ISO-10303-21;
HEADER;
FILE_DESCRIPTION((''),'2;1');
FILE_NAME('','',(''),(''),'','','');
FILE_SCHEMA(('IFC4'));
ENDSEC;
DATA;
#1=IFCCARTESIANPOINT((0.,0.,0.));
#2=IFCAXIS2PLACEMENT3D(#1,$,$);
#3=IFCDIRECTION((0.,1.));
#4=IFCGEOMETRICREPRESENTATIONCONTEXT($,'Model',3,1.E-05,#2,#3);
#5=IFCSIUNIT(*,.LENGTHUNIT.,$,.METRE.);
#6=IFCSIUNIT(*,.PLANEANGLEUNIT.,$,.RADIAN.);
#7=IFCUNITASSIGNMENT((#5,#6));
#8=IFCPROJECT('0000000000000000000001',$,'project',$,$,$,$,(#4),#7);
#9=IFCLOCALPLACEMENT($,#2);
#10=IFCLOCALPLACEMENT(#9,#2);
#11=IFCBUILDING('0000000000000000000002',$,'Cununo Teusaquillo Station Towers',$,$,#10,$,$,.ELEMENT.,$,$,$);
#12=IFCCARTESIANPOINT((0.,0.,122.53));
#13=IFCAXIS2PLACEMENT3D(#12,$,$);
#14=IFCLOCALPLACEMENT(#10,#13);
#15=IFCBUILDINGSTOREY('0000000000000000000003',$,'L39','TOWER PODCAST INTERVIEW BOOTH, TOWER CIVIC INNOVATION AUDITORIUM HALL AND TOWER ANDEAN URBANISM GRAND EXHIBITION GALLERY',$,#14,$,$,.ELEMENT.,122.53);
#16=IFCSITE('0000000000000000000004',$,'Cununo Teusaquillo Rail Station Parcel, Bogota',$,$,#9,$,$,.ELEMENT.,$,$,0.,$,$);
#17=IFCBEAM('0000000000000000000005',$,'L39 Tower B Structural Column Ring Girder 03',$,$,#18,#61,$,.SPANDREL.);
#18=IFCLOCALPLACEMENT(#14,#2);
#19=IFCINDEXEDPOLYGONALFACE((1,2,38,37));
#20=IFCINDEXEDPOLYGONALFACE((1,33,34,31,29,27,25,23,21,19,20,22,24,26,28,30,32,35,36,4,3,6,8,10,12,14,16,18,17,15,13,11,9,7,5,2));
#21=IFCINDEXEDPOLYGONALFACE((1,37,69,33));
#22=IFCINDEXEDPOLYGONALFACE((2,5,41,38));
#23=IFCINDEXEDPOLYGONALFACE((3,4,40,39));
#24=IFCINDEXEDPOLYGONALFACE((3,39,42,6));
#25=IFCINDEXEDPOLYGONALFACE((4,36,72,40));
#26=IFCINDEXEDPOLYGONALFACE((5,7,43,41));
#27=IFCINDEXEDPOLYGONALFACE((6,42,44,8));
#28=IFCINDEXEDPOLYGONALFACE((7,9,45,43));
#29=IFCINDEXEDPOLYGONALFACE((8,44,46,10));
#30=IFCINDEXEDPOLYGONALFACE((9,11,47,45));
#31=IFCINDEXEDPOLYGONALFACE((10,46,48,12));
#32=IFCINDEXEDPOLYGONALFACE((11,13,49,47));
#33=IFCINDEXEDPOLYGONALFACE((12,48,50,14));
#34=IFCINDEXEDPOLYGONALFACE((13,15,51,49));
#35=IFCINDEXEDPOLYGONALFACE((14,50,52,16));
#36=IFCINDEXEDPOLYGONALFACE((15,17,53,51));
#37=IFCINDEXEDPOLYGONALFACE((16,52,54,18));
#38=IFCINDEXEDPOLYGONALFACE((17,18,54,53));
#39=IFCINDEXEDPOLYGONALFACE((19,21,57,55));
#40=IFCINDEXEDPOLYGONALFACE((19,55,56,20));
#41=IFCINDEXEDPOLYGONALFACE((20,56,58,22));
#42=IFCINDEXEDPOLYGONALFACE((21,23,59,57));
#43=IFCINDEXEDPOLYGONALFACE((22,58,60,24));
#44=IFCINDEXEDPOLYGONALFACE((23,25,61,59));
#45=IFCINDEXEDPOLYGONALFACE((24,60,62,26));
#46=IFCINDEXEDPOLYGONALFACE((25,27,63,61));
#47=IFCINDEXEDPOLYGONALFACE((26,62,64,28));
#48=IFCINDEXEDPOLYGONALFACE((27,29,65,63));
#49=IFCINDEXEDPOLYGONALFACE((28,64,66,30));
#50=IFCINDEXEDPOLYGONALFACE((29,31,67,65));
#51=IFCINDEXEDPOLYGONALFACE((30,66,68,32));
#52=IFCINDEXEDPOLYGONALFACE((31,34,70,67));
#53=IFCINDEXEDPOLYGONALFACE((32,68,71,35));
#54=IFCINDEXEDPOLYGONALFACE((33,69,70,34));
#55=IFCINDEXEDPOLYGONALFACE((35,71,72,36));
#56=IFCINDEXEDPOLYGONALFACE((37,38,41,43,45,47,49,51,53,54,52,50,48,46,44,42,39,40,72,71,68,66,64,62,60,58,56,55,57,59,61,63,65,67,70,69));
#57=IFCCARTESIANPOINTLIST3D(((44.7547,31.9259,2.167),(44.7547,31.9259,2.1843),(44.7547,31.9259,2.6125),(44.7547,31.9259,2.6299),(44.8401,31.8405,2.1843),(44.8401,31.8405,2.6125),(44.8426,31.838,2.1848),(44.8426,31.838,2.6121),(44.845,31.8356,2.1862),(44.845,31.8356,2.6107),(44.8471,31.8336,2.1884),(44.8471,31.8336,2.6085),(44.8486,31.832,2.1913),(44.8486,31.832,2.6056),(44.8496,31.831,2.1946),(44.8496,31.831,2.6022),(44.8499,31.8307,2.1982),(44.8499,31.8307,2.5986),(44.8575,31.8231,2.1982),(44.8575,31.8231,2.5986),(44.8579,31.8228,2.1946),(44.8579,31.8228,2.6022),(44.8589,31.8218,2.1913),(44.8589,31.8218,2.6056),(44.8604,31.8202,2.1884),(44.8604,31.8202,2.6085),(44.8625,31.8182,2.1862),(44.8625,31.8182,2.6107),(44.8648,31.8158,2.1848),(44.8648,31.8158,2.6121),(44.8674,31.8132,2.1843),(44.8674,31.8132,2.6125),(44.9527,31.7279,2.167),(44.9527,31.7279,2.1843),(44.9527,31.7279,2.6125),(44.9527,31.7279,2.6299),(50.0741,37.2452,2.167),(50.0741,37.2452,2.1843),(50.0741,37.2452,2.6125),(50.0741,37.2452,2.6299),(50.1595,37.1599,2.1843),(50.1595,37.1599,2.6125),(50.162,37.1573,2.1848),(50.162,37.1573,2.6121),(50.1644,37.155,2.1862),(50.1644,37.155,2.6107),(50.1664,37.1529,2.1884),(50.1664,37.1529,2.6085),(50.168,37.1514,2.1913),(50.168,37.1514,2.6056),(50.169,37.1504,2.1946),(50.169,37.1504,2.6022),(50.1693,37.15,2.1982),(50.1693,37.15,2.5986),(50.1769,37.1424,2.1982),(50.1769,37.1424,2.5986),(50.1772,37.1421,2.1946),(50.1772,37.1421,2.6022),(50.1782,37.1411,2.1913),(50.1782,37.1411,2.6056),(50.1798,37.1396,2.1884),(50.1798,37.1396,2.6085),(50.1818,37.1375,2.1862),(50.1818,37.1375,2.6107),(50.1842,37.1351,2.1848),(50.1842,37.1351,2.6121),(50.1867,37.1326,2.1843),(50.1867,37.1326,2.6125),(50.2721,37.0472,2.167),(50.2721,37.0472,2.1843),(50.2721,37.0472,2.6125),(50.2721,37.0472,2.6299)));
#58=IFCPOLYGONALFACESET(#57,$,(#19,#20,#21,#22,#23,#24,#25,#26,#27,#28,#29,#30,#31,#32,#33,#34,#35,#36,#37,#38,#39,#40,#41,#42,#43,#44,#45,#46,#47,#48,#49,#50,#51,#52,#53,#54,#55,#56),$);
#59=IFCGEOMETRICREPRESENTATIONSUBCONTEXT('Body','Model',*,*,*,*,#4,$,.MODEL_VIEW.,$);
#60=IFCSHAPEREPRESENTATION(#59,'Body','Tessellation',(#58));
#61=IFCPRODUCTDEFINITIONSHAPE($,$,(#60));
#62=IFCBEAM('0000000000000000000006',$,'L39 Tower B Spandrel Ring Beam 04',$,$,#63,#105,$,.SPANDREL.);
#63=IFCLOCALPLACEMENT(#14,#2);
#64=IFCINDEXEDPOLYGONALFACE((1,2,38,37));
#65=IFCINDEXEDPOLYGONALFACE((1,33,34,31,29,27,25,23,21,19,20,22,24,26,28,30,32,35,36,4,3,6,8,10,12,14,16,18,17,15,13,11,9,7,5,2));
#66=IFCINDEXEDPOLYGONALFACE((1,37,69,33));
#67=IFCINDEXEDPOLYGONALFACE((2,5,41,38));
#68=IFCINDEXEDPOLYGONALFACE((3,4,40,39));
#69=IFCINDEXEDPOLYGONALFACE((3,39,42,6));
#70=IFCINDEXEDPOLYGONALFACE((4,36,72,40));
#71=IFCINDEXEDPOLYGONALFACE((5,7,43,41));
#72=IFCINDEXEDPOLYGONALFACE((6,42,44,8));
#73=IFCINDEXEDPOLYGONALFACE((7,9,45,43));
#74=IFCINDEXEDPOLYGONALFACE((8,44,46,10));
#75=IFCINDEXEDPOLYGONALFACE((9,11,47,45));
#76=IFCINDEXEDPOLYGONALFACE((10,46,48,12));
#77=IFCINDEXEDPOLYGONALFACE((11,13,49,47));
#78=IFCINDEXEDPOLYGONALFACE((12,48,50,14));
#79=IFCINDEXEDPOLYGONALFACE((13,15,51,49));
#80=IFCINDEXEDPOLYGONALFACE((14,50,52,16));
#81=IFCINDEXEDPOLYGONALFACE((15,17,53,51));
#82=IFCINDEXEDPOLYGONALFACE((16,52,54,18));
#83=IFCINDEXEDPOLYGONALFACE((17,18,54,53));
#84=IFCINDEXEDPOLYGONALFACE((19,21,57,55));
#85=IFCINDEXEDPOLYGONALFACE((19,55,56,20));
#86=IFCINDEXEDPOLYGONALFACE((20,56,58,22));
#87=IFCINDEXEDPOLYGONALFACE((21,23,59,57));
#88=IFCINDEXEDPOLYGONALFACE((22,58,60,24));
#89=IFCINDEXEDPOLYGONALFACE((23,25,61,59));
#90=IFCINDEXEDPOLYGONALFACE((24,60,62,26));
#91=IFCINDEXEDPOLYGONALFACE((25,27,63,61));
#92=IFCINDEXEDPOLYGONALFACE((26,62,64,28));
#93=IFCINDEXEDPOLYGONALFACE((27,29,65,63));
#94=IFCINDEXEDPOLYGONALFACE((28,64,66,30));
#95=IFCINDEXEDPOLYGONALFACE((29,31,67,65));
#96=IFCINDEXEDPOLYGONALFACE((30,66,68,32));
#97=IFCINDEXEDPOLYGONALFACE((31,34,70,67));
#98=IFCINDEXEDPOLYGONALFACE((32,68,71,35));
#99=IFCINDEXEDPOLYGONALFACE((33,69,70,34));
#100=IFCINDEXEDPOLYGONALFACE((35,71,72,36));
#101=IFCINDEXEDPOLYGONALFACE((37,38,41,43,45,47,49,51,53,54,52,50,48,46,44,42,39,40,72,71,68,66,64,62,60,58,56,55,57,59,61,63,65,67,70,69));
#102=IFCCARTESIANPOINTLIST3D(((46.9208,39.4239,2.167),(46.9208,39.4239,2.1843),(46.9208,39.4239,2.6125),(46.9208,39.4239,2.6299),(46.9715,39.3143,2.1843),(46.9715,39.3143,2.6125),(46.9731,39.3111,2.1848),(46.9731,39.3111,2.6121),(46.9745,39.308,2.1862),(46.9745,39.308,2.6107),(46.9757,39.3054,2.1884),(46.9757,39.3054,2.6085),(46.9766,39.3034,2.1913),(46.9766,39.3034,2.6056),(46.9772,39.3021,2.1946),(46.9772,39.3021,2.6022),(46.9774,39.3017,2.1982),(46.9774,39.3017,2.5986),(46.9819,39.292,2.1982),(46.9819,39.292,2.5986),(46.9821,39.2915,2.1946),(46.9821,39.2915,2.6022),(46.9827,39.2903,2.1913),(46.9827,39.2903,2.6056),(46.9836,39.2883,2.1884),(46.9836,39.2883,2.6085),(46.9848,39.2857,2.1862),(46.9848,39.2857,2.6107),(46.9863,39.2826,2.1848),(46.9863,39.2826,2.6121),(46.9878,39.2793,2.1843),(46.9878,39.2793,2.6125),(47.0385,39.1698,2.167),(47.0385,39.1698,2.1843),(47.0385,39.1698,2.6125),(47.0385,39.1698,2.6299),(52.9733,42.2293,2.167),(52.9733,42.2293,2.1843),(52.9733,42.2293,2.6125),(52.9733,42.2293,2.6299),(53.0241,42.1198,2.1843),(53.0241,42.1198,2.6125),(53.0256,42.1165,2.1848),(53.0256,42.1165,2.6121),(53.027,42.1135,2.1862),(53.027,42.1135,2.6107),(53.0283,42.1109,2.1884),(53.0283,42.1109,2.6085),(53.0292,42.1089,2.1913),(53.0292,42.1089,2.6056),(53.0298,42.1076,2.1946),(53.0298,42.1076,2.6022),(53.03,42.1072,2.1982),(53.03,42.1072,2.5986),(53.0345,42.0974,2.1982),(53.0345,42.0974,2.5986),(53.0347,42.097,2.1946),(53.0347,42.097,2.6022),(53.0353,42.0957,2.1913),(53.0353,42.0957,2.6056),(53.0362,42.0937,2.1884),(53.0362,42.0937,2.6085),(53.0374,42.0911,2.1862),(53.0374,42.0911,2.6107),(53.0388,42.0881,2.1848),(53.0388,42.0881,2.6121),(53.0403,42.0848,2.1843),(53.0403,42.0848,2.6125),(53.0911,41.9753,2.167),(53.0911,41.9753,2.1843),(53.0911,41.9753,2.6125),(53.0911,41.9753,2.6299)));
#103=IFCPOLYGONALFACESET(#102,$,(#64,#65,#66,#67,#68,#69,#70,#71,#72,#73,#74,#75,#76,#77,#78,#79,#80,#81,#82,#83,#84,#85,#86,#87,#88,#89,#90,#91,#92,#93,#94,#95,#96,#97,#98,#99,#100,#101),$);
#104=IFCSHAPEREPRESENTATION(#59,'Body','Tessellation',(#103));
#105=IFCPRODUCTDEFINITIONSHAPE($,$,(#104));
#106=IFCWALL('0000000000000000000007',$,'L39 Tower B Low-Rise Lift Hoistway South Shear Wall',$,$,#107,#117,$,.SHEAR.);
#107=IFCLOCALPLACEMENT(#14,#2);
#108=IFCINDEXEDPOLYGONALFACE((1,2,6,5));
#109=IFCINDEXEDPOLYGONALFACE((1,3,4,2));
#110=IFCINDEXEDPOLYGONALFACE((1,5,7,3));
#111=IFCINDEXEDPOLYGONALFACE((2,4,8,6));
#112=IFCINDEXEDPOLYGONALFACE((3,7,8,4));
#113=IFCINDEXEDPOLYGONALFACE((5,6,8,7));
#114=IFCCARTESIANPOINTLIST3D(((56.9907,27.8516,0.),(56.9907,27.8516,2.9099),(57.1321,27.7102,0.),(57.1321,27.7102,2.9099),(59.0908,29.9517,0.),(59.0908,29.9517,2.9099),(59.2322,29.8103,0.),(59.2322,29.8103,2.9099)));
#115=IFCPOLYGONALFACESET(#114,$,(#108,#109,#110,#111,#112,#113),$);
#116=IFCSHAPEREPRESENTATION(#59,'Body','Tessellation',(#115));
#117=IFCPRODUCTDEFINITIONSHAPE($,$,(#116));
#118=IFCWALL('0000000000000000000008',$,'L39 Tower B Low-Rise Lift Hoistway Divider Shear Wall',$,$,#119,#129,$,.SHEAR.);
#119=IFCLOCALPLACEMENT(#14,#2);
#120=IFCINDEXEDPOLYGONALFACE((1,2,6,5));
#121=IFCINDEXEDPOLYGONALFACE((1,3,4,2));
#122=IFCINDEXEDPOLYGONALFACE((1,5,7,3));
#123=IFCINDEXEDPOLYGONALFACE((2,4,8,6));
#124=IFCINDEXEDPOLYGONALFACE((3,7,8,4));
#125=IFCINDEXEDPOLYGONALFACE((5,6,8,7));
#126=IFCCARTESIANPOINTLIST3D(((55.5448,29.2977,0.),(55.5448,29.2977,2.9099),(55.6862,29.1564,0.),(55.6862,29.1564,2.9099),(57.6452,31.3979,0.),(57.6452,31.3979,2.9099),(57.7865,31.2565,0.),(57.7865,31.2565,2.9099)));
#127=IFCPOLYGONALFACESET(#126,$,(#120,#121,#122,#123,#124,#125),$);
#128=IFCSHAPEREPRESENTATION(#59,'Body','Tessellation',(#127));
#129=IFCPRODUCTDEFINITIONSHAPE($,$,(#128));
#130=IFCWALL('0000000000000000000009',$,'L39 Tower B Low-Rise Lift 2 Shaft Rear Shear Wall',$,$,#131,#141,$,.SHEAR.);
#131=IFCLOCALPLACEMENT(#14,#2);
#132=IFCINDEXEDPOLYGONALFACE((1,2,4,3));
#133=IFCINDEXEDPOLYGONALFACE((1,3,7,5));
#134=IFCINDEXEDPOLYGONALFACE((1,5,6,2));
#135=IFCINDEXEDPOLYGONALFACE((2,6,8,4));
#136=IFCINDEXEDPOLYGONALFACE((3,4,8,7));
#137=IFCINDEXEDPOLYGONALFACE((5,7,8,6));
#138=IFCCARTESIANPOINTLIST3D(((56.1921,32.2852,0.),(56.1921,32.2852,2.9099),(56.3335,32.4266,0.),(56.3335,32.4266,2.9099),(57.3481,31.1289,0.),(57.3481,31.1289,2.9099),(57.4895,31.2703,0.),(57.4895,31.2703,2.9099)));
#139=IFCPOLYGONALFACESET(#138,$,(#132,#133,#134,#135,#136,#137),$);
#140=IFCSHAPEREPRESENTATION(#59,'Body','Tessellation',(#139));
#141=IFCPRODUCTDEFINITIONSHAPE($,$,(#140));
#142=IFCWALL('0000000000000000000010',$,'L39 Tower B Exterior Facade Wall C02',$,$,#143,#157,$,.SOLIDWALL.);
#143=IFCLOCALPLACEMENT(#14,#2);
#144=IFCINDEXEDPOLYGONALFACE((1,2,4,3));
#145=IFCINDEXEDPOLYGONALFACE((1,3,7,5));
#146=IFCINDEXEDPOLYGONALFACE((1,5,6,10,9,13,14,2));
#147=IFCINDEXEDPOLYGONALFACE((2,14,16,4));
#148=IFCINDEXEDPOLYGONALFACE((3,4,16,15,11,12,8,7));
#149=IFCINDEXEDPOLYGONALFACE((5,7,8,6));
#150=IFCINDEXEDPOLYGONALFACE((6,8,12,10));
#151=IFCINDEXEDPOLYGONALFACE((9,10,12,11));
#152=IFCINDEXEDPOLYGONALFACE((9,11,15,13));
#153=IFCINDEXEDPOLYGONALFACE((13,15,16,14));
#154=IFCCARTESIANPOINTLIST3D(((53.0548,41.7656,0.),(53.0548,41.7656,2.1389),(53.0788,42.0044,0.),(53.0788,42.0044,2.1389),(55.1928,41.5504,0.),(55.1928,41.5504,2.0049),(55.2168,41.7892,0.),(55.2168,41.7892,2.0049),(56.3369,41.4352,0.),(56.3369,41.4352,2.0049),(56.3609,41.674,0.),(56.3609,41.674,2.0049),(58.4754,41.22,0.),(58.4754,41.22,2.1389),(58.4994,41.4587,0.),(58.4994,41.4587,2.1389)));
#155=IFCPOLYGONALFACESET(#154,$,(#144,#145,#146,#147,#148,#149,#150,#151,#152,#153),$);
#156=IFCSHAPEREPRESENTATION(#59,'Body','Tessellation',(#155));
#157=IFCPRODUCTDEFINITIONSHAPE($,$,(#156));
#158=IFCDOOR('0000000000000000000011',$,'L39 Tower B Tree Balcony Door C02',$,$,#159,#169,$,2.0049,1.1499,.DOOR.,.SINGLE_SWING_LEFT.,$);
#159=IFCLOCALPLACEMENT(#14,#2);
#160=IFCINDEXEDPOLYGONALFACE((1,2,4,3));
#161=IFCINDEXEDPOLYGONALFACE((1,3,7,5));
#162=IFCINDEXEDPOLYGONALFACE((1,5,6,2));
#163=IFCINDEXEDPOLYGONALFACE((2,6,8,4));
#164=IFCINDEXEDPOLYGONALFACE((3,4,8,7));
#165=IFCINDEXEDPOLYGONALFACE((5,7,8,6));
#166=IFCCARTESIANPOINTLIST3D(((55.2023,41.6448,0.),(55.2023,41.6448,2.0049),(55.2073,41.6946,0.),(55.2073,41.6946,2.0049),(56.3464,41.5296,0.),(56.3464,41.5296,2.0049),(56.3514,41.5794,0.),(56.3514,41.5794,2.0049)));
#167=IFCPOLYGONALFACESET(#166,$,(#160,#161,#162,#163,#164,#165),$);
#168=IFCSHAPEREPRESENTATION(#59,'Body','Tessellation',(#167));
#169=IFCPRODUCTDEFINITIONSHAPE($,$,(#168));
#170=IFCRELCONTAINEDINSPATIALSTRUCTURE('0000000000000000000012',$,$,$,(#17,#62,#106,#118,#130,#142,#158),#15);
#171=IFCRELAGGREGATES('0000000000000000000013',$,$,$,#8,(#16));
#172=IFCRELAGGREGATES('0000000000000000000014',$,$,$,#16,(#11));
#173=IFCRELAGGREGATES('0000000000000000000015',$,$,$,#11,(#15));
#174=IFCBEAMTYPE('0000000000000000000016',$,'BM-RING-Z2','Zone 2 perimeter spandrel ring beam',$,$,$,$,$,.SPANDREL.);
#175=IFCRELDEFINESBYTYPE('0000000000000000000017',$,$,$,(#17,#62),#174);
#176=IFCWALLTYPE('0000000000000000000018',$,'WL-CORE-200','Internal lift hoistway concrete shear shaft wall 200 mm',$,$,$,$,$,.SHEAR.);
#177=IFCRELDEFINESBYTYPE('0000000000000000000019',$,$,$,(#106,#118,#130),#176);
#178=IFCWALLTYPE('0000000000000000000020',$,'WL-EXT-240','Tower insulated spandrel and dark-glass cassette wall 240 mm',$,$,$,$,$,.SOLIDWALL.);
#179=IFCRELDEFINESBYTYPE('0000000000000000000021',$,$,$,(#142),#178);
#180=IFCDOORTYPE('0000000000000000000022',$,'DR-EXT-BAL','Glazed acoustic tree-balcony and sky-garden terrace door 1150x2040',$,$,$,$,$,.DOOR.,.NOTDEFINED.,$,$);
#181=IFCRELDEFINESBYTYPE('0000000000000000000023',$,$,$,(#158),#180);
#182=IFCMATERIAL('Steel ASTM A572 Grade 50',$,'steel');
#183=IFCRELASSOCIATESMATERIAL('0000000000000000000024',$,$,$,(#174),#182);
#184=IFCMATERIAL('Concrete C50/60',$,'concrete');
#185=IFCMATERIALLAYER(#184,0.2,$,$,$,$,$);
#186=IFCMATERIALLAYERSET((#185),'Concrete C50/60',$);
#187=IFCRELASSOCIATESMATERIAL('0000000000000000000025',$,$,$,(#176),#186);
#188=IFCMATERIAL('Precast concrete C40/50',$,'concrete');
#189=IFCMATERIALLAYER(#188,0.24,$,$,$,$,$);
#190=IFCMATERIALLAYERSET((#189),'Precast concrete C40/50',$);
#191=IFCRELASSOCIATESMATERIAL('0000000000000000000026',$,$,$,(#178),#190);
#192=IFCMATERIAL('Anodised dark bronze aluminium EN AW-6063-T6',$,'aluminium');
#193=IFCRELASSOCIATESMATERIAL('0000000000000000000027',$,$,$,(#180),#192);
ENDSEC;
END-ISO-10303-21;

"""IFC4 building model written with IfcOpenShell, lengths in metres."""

from ifc_helpers import new_model, si_unit, direction, frame, frame_2d, origin, origin_2d, place, context, subcontext, project, spatial, rectangle, i_section, extrude, source, transform, mapped, material, layer, layer_set, material_profile, profile_set, type_object, element, fill, save


model = new_model("IFC4")

# Units and contexts
model_context = context("Model", 3, precision=1e-05, world=origin(), true_north=direction((0.0, 1.0)))
body_context = subcontext(model_context, "Body", "Model", "MODEL_VIEW")
ifc_project = project(units=[si_unit("LENGTHUNIT", "METRE"), si_unit("PLANEANGLEUNIT", "RADIAN")], contexts=[model_context])

# Site, building, storey
site_placement = place(None, origin())
site = spatial("IfcSite", under=ifc_project, at=site_placement, Name="Cununo Teusaquillo Rail Station Parcel, Bogota", CompositionType="ELEMENT", RefElevation=0.0)
building_placement = place(site_placement, origin())
building = spatial("IfcBuilding", under=site, at=building_placement, Name="Cununo Teusaquillo Station Towers", CompositionType="ELEMENT")
storey_placement = place(building_placement, frame((0.0, 0.0, 122.53)))
storey = spatial("IfcBuildingStorey", under=building, at=storey_placement, Name="L39", Description="TOWER PODCAST INTERVIEW BOOTH, TOWER CIVIC INNOVATION AUDITORIUM HALL AND TOWER ANDEAN URBANISM GRAND EXHIBITION GALLERY", CompositionType="ELEMENT", Elevation=122.53)

# Beams
ifc_material_1 = material(Name="Steel ASTM A572 Grade 50", Category="steel")
ifc_material_profile_1 = material_profile(ifc_material_1, i_section(OverallWidth=0.28, OverallDepth=0.4629, WebThickness=0.0107, FlangeThickness=0.0173, FilletRadius=0.0139, at=origin_2d()), Name="W18X76")
ifc_profile_set_1 = profile_set([ifc_material_profile_1], Name="Steel ASTM A572 Grade 50")
beam_type_1 = type_object("IfcBeamType", Name="BM-RING-Z2", Description="Zone 2 perimeter spandrel ring beam", PredefinedType="SPANDREL", material=ifc_profile_set_1)
beam_1_placement = place(storey_placement, frame((50.1731, 37.1462, 2.3984), z_axis=(-0.707107, -0.707107, 0.0), x_axis=(0.707107, -0.707107, 0.0)))
element("IfcBeam", 1, at=beam_1_placement, inside=storey, type_object=beam_type_1, Name="L39 Tower B Structural Column Ring Girder 03", PredefinedType="SPANDREL", context=body_context, shape_type="SweptSolid", body=[
    extrude(i_section(OverallWidth=0.28, OverallDepth=0.4629, WebThickness=0.0107, FlangeThickness=0.0173, FilletRadius=0.0139, at=origin_2d()), origin(), (0.0, 0.0, 1.0), 7.5227),
])
beam_2_placement = place(storey_placement, frame((53.0322, 42.1023, 2.3984), z_axis=(-0.907276, -0.420536, 0.0), x_axis=(0.420536, -0.907276, 0.0)))
element("IfcBeam", 2, at=beam_2_placement, inside=storey, type_object=beam_type_1, Name="L39 Tower B Spandrel Ring Beam 04", PredefinedType="SPANDREL", context=body_context, shape_type="SweptSolid", body=[
    extrude(i_section(OverallWidth=0.28, OverallDepth=0.4629, WebThickness=0.0107, FlangeThickness=0.0173, FilletRadius=0.0139, at=origin_2d()), origin(), (0.0, 0.0, 1.0), 6.6711),
])

# Walls
ifc_material_2 = material(Name="Concrete C50/60", Category="concrete")
ifc_layer_1 = layer(ifc_material_2, 0.2)
ifc_layer_set_1 = layer_set([ifc_layer_1], Name="Concrete C50/60")
wall_type_1 = type_object("IfcWallType", Name="WL-CORE-200", Description="Internal lift hoistway concrete shear shaft wall 200 mm", PredefinedType="SHEAR", material=ifc_layer_set_1)
wall_1_placement = place(storey_placement, frame((57.0615, 27.781, 0.0), z_axis=(0.0, 0.0, 1.0), x_axis=(0.707107, 0.707107, 0.0)))
element("IfcWall", 3, at=wall_1_placement, inside=storey, type_object=wall_type_1, Name="L39 Tower B Low-Rise Lift Hoistway South Shear Wall", PredefinedType="SHEAR", context=body_context, shape_type="SweptSolid", body=[
    extrude(rectangle(XDim=2.97, YDim=0.2, at=frame_2d((1.4849, 0.0))), origin(), (0.0, 0.0, 1.0), 2.9099),
])
wall_2_placement = place(storey_placement, frame((55.6155, 29.2271, 0.0), z_axis=(0.0, 0.0, 1.0), x_axis=(0.707148, 0.707066, 0.0)))
element("IfcWall", 4, at=wall_2_placement, inside=storey, type_object=wall_type_1, Name="L39 Tower B Low-Rise Lift Hoistway Divider Shear Wall", PredefinedType="SHEAR", context=body_context, shape_type="SweptSolid", body=[
    extrude(rectangle(XDim=2.9702, YDim=0.2, at=frame_2d((1.4851, 0.0))), origin(), (0.0, 0.0, 1.0), 2.9099),
])
wall_3_placement = place(storey_placement, frame((57.4187, 31.1997, 0.0), z_axis=(0.0, 0.0, 1.0), x_axis=(-0.707032, 0.707181, 0.0)))
element("IfcWall", 5, at=wall_3_placement, inside=storey, type_object=wall_type_1, Name="L39 Tower B Low-Rise Lift 2 Shaft Rear Shear Wall", PredefinedType="SHEAR", context=body_context, shape_type="SweptSolid", body=[
    extrude(rectangle(XDim=1.635, YDim=0.2, at=frame_2d((0.8174, 0.0))), origin(), (0.0, 0.0, 1.0), 2.9099),
])

# Wall, opening, door
ifc_material_3 = material(Name="Precast concrete C40/50", Category="concrete")
ifc_layer_2 = layer(ifc_material_3, 0.24)
ifc_layer_set_2 = layer_set([ifc_layer_2], Name="Precast concrete C40/50")
wall_type_2 = type_object("IfcWallType", Name="WL-EXT-240", Description="Tower insulated spandrel and dark-glass cassette wall 240 mm", PredefinedType="SOLIDWALL", material=ifc_layer_set_2)
wall_4_placement = place(storey_placement, frame((53.0667, 41.885, 0.0), z_axis=(0.0, 0.0, 1.0), x_axis=(0.994972, -0.100156, 0.0)))
wall_4 = element("IfcWall", 6, at=wall_4_placement, inside=storey, type_object=wall_type_2, Name="L39 Tower B Exterior Facade Wall C02", PredefinedType="SOLIDWALL", context=body_context, shape_type="SweptSolid", body=[
    extrude(rectangle(XDim=5.448, YDim=0.24, at=frame_2d((2.7241, 0.0))), origin(), (0.0, 0.0, 1.0), 2.1389),
])
shared_shape_1 = source(origin(), body_context, "Body", "SweptSolid", [
    extrude(rectangle(XDim=1.1499, YDim=2.0049, at=frame_2d((0.575, 1.0024))), frame((0.0, 0.1299, 0.0), z_axis=(0.0, -1.0, 0.0), x_axis=(1.0, 0.0, 0.0)), (0.0, 0.0, 1.0), 0.26),
])
opening_1_placement = place(wall_4_placement, frame((2.1489, 0.0, 0.0)))
opening_1 = element("IfcOpeningElement", 7, at=opening_1_placement, cuts=wall_4, PredefinedType="OPENING", context=body_context, shape_type="MappedRepresentation", body=[
    mapped(shared_shape_1, transform((0.0, 0.0, 0.0), x_axis=(1.0, 0.0, 0.0), y_axis=(0.0, 1.0, 0.0), z_axis=(0.0, 0.0, 1.0), scale=1.0)),
])
ifc_material_4 = material(Name="Anodised dark bronze aluminium EN AW-6063-T6", Category="aluminium")
door_type_1 = type_object("IfcDoorType", Name="DR-EXT-BAL", Description="Glazed acoustic tree-balcony and sky-garden terrace door 1150x2040", OperationType="NOTDEFINED", PredefinedType="DOOR", material=ifc_material_4)
shared_shape_2 = source(origin(), body_context, "Body", "SweptSolid", [
    extrude(rectangle(XDim=1.1499, YDim=2.0049, at=frame_2d((0.575, 1.0024))), frame((0.0, 0.0249, 0.0), z_axis=(0.0, -1.0, 0.0), x_axis=(1.0, 0.0, 0.0)), (0.0, 0.0, 1.0), 0.05),
])
door_1_placement = place(opening_1_placement, origin())
door_1 = element("IfcDoor", 8, at=door_1_placement, inside=storey, type_object=door_type_1, Name="L39 Tower B Tree Balcony Door C02", OperationType="SINGLE_SWING_LEFT", OverallHeight=2.0049, OverallWidth=1.1499, PredefinedType="DOOR", context=body_context, shape_type="MappedRepresentation", body=[
    mapped(shared_shape_2, transform((0.0, 0.0, 0.0), x_axis=(1.0, 0.0, 0.0), y_axis=(0.0, 1.0, 0.0), z_axis=(0.0, 0.0, 1.0), scale=1.0)),
])
fill(opening_1, door_1)

save(model, "model.ifc")
